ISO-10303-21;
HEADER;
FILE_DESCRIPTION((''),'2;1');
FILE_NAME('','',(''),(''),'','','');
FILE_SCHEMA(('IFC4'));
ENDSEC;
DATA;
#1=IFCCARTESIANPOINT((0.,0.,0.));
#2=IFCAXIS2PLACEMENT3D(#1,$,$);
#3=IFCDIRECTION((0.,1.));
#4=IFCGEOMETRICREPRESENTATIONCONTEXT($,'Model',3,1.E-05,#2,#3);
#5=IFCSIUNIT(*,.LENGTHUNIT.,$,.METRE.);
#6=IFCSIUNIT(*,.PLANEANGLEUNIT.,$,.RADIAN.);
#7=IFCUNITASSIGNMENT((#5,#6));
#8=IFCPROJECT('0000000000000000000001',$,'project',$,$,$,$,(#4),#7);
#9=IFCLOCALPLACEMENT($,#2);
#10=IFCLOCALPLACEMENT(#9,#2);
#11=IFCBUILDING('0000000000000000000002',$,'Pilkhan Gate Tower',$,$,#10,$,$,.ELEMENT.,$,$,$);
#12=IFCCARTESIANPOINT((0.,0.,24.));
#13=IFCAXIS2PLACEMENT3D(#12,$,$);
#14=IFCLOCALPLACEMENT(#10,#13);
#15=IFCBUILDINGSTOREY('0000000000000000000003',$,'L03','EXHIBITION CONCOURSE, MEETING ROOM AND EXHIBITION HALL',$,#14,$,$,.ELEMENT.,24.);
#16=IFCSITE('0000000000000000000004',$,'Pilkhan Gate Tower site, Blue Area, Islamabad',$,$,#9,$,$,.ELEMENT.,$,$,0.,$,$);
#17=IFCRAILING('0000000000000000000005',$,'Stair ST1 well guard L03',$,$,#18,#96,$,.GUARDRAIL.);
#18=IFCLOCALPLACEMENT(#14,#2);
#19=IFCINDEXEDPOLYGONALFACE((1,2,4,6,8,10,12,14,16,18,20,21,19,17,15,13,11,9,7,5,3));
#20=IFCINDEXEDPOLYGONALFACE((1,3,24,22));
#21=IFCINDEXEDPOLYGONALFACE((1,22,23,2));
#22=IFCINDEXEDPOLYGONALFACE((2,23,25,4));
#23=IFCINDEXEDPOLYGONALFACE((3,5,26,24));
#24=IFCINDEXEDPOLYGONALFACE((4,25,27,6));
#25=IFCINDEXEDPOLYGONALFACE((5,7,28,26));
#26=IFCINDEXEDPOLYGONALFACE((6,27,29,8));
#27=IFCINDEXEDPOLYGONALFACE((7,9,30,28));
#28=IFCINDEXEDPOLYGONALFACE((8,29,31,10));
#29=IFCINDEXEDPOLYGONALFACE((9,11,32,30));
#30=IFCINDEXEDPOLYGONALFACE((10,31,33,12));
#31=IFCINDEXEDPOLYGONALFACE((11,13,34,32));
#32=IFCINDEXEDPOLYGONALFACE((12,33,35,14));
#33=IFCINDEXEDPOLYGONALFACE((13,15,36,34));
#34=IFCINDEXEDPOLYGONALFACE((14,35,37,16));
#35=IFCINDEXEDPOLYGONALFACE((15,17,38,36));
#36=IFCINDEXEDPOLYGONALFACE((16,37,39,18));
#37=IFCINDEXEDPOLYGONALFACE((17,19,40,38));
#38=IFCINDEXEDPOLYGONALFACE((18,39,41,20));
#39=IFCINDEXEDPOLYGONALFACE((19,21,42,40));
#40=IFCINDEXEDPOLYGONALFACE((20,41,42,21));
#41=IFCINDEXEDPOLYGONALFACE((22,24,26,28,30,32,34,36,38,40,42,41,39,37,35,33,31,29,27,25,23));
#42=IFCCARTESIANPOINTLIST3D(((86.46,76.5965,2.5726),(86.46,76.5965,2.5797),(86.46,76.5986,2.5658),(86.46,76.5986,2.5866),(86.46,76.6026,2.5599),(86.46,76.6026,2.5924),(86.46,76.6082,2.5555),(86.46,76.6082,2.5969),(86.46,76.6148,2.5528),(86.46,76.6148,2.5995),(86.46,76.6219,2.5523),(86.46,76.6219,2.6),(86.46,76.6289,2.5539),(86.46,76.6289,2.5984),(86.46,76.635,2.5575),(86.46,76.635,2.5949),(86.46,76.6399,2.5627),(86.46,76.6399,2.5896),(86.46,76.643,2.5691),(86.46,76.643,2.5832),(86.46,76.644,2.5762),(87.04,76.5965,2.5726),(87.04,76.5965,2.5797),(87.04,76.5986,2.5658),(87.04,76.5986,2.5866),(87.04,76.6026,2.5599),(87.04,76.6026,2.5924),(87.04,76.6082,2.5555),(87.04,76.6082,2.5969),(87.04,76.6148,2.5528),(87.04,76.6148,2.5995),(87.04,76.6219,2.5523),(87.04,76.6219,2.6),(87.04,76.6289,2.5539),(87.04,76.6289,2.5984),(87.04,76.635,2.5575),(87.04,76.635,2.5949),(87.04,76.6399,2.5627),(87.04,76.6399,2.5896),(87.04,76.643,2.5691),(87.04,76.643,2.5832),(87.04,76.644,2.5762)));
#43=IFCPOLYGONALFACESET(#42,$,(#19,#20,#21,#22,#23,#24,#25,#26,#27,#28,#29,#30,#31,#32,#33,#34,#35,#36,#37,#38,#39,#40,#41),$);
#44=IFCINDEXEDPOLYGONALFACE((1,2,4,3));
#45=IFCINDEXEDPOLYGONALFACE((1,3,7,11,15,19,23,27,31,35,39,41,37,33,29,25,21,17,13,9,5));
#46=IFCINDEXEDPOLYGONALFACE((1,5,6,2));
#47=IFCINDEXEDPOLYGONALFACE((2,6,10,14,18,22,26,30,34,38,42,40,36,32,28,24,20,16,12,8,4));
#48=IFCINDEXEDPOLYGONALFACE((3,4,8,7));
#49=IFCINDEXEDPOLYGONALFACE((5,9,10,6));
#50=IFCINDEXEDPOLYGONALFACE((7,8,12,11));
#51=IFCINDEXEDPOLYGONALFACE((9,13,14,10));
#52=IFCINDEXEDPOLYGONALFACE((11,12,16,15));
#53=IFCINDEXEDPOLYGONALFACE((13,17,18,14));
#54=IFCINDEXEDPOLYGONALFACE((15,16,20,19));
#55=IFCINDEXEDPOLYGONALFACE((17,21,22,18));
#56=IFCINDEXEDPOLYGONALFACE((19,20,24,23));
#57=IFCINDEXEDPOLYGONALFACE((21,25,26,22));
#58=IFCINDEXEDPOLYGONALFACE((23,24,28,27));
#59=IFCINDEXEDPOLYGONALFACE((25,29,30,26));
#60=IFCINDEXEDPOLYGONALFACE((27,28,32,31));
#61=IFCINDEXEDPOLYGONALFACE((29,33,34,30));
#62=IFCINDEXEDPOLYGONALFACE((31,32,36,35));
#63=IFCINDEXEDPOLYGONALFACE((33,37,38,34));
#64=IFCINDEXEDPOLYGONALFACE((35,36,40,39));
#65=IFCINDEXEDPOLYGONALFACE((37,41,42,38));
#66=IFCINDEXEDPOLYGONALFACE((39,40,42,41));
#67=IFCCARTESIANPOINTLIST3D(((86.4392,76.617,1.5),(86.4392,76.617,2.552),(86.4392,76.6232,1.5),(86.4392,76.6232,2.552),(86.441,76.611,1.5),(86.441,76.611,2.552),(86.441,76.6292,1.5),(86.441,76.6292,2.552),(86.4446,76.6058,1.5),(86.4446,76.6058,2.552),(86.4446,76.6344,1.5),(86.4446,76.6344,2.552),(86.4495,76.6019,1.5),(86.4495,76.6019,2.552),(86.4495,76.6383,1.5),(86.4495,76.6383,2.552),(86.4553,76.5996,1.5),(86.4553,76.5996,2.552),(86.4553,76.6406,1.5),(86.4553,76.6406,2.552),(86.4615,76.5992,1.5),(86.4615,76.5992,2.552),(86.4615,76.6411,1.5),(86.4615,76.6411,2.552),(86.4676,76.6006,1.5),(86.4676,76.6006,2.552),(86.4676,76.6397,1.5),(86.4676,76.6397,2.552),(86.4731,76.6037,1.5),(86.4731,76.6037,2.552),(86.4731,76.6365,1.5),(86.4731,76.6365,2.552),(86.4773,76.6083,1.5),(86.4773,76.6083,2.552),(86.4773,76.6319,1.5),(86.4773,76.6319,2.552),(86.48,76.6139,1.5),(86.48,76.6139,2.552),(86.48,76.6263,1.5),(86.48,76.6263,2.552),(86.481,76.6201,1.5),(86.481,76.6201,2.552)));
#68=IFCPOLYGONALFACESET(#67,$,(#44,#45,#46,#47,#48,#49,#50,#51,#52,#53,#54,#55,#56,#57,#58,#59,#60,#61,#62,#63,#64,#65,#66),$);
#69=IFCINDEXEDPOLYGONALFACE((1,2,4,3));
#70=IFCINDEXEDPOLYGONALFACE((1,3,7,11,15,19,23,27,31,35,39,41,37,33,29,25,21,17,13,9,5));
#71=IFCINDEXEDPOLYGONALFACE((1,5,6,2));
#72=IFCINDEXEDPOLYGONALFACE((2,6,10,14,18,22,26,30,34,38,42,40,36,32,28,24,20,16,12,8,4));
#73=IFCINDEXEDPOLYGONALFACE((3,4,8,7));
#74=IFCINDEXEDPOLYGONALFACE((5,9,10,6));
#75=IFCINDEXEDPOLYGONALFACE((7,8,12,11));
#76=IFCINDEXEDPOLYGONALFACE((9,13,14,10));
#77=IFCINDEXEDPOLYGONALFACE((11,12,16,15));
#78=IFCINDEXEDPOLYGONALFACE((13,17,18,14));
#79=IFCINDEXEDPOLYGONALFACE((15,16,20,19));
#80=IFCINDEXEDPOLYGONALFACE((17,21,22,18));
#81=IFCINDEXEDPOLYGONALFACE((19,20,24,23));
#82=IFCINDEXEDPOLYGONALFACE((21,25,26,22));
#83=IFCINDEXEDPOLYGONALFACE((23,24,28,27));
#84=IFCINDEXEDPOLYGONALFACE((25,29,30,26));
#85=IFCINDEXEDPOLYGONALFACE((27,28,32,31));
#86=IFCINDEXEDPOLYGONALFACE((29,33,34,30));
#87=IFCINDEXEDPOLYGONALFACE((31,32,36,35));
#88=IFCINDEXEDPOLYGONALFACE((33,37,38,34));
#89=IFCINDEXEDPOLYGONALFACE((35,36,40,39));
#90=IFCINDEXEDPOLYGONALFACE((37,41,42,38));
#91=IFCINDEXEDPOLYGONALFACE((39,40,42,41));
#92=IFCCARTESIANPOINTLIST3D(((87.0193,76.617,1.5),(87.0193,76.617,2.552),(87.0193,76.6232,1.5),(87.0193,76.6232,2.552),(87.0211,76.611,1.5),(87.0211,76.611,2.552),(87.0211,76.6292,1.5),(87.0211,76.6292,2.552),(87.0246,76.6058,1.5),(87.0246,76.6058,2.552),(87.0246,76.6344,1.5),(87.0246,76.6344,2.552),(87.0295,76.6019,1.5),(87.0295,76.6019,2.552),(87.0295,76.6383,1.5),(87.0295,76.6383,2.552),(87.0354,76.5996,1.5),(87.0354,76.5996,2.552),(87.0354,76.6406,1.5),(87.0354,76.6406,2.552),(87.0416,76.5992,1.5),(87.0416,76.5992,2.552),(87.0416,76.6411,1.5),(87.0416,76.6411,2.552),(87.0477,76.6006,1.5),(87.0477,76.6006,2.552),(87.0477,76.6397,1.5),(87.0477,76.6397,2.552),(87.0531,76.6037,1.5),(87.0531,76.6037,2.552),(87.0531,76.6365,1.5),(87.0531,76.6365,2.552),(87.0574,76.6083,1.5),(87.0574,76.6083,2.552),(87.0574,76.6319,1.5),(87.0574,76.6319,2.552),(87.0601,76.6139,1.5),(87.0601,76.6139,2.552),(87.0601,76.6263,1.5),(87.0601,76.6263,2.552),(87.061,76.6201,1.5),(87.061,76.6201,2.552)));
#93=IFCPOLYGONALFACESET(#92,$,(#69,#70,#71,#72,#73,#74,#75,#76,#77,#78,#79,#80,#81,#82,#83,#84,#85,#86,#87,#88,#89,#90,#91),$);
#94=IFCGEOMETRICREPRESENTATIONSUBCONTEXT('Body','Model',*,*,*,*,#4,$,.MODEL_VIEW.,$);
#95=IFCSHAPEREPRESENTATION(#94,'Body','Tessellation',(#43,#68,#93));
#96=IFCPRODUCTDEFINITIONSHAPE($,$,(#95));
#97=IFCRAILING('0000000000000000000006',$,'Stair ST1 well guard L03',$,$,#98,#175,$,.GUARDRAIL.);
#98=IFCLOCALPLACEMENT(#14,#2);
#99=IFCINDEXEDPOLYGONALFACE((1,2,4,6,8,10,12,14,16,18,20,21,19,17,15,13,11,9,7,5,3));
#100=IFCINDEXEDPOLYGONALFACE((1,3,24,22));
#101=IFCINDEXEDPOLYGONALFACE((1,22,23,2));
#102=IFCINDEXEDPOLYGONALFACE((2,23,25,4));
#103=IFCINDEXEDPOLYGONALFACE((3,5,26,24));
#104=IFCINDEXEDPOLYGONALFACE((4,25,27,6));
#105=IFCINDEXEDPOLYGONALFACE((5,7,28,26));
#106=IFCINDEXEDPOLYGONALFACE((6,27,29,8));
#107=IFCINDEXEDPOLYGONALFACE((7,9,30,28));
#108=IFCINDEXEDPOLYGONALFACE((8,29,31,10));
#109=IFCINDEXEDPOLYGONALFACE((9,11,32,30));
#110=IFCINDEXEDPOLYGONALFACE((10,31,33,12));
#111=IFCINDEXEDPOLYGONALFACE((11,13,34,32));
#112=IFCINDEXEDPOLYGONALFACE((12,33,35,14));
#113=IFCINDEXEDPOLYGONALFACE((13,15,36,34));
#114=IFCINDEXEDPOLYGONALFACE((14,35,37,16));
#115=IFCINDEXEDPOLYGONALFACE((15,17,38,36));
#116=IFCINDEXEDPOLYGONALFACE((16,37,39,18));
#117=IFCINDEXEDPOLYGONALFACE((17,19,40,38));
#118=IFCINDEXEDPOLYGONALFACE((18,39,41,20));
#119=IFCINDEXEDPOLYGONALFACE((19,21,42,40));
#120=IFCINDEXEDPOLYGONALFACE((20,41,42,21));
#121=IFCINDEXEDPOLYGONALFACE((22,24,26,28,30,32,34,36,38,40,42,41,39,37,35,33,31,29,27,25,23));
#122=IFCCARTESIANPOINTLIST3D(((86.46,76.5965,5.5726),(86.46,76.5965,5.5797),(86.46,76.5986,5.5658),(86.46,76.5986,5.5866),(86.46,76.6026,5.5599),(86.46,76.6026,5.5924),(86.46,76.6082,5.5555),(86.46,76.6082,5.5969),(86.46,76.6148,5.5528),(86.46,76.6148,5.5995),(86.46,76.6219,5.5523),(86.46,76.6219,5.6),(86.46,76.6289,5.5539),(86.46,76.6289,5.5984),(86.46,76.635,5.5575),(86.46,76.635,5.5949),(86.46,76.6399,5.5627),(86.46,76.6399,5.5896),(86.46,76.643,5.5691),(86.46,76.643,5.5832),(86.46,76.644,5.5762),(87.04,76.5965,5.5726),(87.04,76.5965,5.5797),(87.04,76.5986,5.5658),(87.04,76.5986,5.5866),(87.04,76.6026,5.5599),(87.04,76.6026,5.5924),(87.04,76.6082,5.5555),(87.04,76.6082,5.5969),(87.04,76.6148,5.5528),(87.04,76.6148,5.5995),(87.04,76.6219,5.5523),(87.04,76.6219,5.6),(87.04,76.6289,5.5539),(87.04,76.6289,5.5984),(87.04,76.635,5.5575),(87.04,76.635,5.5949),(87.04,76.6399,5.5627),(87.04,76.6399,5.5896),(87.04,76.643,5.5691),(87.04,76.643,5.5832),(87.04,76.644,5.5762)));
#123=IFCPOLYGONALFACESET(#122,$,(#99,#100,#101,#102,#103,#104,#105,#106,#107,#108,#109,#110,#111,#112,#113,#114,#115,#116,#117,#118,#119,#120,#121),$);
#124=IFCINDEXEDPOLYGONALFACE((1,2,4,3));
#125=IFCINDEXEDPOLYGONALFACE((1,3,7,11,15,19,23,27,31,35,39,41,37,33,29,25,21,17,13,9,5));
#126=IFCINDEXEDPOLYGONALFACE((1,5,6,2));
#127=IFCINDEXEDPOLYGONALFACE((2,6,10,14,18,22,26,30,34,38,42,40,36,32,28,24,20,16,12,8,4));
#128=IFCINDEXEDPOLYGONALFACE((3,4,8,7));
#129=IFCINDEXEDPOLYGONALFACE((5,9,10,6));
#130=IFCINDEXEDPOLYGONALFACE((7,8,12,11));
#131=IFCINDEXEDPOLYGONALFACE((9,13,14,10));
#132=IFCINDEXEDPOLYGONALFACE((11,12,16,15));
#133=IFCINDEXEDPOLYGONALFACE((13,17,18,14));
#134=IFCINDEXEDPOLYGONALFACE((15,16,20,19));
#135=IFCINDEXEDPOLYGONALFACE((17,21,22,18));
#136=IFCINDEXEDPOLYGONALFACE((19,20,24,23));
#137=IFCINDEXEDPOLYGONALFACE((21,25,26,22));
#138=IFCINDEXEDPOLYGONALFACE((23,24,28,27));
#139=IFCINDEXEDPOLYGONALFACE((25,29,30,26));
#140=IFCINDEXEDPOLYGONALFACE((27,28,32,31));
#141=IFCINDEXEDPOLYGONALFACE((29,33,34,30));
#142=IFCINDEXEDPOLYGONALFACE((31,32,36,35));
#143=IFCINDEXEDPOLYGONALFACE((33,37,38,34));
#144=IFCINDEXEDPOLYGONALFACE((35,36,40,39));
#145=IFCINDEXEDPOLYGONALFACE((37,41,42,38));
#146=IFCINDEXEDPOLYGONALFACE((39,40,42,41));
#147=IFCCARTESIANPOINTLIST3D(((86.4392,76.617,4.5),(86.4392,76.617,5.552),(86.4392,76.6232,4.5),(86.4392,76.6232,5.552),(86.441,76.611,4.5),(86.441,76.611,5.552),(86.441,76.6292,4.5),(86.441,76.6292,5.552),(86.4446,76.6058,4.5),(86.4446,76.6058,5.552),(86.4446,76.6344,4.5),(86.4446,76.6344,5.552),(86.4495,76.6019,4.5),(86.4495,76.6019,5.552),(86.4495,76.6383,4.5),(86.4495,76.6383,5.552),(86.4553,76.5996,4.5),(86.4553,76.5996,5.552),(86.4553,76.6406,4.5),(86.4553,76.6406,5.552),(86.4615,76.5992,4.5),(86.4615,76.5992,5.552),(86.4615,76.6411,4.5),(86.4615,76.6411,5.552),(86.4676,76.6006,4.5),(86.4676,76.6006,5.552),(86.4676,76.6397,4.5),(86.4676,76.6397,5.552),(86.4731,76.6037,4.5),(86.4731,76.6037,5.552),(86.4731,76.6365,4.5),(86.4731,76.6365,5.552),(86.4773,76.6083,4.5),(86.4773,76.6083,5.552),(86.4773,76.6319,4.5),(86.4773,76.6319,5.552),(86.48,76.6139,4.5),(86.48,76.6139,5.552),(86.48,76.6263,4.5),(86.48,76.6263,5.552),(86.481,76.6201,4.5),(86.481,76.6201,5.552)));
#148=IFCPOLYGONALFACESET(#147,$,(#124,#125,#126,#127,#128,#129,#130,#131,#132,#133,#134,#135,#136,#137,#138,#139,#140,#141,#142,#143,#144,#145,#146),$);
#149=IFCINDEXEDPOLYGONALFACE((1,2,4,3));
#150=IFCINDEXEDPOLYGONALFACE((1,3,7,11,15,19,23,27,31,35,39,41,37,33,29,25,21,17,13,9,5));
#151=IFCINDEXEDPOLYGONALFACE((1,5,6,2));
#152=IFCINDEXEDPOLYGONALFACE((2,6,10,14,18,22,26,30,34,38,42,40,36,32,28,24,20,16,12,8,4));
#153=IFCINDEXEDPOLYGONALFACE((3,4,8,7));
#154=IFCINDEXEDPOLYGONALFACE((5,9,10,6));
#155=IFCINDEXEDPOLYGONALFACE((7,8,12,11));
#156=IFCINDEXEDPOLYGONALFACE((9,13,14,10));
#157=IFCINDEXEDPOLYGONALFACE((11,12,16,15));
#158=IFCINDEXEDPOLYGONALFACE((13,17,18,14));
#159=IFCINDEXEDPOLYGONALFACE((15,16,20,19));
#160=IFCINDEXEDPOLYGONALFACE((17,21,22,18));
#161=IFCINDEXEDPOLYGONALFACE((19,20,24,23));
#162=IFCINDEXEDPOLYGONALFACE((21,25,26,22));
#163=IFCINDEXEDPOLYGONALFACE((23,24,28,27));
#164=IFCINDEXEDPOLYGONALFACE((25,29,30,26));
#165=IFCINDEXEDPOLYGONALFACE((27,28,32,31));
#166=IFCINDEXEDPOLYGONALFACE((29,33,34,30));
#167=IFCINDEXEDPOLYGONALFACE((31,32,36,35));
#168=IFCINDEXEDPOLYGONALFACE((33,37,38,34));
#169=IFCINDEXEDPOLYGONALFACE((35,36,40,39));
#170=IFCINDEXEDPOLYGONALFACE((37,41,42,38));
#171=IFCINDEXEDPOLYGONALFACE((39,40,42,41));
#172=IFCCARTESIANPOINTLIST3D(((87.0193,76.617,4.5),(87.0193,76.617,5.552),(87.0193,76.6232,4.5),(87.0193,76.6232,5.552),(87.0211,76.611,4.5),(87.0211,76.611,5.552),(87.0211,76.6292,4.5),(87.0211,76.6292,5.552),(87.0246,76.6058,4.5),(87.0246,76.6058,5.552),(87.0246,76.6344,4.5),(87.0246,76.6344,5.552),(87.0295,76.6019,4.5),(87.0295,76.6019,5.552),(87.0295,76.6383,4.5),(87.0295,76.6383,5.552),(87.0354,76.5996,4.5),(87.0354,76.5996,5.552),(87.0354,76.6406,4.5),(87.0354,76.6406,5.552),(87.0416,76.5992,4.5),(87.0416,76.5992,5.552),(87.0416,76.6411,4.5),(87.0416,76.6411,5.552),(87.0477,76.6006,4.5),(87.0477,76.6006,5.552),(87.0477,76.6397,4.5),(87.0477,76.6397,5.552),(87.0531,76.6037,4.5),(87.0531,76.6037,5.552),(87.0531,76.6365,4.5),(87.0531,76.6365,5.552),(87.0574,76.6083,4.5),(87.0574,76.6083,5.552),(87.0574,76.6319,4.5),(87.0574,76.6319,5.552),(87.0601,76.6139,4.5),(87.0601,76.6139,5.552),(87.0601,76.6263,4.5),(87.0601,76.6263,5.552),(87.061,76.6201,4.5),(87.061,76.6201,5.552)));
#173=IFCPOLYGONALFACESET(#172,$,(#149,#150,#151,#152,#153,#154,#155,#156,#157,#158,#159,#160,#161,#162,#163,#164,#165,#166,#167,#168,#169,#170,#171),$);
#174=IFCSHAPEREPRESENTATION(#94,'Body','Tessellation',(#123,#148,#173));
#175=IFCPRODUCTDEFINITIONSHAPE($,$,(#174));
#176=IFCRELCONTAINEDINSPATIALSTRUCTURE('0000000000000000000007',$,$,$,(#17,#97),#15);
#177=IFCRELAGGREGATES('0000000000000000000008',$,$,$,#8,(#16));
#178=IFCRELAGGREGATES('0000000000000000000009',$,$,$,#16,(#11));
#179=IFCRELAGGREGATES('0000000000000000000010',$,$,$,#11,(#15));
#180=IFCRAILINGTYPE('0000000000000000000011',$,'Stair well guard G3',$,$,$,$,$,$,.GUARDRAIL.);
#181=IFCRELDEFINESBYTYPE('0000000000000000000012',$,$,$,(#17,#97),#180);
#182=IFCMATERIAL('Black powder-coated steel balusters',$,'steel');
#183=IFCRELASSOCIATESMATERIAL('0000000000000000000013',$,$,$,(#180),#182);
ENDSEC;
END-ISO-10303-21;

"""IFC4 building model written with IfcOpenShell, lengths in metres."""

from ifc_helpers import new_model, si_unit, direction, frame, origin, origin_2d, place, context, subcontext, project, spatial, circle, extrude, material, type_object, element, save


model = new_model("IFC4")

# Units and contexts
model_context = context("Model", 3, precision=1e-05, world=origin(), true_north=direction((0.0, 1.0)))
body_context = subcontext(model_context, "Body", "Model", "MODEL_VIEW")
ifc_project = project(units=[si_unit("LENGTHUNIT", "METRE"), si_unit("PLANEANGLEUNIT", "RADIAN")], contexts=[model_context])

# Site, building, storey
site_placement = place(None, origin())
site = spatial("IfcSite", under=ifc_project, at=site_placement, Name="Pilkhan Gate Tower site, Blue Area, Islamabad", CompositionType="ELEMENT", RefElevation=0.0)
building_placement = place(site_placement, origin())
building = spatial("IfcBuilding", under=site, at=building_placement, Name="Pilkhan Gate Tower", CompositionType="ELEMENT")
storey_placement = place(building_placement, frame((0.0, 0.0, 24.0)))
storey = spatial("IfcBuildingStorey", under=building, at=storey_placement, Name="L03", Description="EXHIBITION CONCOURSE, MEETING ROOM AND EXHIBITION HALL", CompositionType="ELEMENT", Elevation=24.0)

# Railings
ifc_material_1 = material(Name="Black powder-coated steel balusters", Category="steel")
railing_type_1 = type_object("IfcRailingType", Name="Stair well guard G3", PredefinedType="GUARDRAIL", material=ifc_material_1)
for number, where, name in (
    (1, (86.46, 76.6201, 1.5), "Stair ST1 well guard L03"),
    (2, (86.46, 76.6201, 4.5), "Stair ST1 well guard L03"),
):
    element("IfcRailing", number, at=place(storey_placement, frame(where)), inside=storey, type_object=railing_type_1, Name=name, PredefinedType="GUARDRAIL", context=body_context, shape_type="SweptSolid", body=[
        extrude(circle(Radius=0.0239, at=origin_2d()), frame((0.0, 0.0, 1.0762), z_axis=(1.0, 0.0, 0.0), x_axis=(0.0, 1.0, 0.0)), (0.0, 0.0, 1.0), 0.5801),
        extrude(circle(Radius=0.021, at=origin_2d()), origin(), (0.0, 0.0, 1.0), 1.052),
        extrude(circle(Radius=0.021, at=origin_2d()), frame((0.5801, 0.0, 0.0)), (0.0, 0.0, 1.0), 1.052),
    ])

save(model, "model.ifc")
